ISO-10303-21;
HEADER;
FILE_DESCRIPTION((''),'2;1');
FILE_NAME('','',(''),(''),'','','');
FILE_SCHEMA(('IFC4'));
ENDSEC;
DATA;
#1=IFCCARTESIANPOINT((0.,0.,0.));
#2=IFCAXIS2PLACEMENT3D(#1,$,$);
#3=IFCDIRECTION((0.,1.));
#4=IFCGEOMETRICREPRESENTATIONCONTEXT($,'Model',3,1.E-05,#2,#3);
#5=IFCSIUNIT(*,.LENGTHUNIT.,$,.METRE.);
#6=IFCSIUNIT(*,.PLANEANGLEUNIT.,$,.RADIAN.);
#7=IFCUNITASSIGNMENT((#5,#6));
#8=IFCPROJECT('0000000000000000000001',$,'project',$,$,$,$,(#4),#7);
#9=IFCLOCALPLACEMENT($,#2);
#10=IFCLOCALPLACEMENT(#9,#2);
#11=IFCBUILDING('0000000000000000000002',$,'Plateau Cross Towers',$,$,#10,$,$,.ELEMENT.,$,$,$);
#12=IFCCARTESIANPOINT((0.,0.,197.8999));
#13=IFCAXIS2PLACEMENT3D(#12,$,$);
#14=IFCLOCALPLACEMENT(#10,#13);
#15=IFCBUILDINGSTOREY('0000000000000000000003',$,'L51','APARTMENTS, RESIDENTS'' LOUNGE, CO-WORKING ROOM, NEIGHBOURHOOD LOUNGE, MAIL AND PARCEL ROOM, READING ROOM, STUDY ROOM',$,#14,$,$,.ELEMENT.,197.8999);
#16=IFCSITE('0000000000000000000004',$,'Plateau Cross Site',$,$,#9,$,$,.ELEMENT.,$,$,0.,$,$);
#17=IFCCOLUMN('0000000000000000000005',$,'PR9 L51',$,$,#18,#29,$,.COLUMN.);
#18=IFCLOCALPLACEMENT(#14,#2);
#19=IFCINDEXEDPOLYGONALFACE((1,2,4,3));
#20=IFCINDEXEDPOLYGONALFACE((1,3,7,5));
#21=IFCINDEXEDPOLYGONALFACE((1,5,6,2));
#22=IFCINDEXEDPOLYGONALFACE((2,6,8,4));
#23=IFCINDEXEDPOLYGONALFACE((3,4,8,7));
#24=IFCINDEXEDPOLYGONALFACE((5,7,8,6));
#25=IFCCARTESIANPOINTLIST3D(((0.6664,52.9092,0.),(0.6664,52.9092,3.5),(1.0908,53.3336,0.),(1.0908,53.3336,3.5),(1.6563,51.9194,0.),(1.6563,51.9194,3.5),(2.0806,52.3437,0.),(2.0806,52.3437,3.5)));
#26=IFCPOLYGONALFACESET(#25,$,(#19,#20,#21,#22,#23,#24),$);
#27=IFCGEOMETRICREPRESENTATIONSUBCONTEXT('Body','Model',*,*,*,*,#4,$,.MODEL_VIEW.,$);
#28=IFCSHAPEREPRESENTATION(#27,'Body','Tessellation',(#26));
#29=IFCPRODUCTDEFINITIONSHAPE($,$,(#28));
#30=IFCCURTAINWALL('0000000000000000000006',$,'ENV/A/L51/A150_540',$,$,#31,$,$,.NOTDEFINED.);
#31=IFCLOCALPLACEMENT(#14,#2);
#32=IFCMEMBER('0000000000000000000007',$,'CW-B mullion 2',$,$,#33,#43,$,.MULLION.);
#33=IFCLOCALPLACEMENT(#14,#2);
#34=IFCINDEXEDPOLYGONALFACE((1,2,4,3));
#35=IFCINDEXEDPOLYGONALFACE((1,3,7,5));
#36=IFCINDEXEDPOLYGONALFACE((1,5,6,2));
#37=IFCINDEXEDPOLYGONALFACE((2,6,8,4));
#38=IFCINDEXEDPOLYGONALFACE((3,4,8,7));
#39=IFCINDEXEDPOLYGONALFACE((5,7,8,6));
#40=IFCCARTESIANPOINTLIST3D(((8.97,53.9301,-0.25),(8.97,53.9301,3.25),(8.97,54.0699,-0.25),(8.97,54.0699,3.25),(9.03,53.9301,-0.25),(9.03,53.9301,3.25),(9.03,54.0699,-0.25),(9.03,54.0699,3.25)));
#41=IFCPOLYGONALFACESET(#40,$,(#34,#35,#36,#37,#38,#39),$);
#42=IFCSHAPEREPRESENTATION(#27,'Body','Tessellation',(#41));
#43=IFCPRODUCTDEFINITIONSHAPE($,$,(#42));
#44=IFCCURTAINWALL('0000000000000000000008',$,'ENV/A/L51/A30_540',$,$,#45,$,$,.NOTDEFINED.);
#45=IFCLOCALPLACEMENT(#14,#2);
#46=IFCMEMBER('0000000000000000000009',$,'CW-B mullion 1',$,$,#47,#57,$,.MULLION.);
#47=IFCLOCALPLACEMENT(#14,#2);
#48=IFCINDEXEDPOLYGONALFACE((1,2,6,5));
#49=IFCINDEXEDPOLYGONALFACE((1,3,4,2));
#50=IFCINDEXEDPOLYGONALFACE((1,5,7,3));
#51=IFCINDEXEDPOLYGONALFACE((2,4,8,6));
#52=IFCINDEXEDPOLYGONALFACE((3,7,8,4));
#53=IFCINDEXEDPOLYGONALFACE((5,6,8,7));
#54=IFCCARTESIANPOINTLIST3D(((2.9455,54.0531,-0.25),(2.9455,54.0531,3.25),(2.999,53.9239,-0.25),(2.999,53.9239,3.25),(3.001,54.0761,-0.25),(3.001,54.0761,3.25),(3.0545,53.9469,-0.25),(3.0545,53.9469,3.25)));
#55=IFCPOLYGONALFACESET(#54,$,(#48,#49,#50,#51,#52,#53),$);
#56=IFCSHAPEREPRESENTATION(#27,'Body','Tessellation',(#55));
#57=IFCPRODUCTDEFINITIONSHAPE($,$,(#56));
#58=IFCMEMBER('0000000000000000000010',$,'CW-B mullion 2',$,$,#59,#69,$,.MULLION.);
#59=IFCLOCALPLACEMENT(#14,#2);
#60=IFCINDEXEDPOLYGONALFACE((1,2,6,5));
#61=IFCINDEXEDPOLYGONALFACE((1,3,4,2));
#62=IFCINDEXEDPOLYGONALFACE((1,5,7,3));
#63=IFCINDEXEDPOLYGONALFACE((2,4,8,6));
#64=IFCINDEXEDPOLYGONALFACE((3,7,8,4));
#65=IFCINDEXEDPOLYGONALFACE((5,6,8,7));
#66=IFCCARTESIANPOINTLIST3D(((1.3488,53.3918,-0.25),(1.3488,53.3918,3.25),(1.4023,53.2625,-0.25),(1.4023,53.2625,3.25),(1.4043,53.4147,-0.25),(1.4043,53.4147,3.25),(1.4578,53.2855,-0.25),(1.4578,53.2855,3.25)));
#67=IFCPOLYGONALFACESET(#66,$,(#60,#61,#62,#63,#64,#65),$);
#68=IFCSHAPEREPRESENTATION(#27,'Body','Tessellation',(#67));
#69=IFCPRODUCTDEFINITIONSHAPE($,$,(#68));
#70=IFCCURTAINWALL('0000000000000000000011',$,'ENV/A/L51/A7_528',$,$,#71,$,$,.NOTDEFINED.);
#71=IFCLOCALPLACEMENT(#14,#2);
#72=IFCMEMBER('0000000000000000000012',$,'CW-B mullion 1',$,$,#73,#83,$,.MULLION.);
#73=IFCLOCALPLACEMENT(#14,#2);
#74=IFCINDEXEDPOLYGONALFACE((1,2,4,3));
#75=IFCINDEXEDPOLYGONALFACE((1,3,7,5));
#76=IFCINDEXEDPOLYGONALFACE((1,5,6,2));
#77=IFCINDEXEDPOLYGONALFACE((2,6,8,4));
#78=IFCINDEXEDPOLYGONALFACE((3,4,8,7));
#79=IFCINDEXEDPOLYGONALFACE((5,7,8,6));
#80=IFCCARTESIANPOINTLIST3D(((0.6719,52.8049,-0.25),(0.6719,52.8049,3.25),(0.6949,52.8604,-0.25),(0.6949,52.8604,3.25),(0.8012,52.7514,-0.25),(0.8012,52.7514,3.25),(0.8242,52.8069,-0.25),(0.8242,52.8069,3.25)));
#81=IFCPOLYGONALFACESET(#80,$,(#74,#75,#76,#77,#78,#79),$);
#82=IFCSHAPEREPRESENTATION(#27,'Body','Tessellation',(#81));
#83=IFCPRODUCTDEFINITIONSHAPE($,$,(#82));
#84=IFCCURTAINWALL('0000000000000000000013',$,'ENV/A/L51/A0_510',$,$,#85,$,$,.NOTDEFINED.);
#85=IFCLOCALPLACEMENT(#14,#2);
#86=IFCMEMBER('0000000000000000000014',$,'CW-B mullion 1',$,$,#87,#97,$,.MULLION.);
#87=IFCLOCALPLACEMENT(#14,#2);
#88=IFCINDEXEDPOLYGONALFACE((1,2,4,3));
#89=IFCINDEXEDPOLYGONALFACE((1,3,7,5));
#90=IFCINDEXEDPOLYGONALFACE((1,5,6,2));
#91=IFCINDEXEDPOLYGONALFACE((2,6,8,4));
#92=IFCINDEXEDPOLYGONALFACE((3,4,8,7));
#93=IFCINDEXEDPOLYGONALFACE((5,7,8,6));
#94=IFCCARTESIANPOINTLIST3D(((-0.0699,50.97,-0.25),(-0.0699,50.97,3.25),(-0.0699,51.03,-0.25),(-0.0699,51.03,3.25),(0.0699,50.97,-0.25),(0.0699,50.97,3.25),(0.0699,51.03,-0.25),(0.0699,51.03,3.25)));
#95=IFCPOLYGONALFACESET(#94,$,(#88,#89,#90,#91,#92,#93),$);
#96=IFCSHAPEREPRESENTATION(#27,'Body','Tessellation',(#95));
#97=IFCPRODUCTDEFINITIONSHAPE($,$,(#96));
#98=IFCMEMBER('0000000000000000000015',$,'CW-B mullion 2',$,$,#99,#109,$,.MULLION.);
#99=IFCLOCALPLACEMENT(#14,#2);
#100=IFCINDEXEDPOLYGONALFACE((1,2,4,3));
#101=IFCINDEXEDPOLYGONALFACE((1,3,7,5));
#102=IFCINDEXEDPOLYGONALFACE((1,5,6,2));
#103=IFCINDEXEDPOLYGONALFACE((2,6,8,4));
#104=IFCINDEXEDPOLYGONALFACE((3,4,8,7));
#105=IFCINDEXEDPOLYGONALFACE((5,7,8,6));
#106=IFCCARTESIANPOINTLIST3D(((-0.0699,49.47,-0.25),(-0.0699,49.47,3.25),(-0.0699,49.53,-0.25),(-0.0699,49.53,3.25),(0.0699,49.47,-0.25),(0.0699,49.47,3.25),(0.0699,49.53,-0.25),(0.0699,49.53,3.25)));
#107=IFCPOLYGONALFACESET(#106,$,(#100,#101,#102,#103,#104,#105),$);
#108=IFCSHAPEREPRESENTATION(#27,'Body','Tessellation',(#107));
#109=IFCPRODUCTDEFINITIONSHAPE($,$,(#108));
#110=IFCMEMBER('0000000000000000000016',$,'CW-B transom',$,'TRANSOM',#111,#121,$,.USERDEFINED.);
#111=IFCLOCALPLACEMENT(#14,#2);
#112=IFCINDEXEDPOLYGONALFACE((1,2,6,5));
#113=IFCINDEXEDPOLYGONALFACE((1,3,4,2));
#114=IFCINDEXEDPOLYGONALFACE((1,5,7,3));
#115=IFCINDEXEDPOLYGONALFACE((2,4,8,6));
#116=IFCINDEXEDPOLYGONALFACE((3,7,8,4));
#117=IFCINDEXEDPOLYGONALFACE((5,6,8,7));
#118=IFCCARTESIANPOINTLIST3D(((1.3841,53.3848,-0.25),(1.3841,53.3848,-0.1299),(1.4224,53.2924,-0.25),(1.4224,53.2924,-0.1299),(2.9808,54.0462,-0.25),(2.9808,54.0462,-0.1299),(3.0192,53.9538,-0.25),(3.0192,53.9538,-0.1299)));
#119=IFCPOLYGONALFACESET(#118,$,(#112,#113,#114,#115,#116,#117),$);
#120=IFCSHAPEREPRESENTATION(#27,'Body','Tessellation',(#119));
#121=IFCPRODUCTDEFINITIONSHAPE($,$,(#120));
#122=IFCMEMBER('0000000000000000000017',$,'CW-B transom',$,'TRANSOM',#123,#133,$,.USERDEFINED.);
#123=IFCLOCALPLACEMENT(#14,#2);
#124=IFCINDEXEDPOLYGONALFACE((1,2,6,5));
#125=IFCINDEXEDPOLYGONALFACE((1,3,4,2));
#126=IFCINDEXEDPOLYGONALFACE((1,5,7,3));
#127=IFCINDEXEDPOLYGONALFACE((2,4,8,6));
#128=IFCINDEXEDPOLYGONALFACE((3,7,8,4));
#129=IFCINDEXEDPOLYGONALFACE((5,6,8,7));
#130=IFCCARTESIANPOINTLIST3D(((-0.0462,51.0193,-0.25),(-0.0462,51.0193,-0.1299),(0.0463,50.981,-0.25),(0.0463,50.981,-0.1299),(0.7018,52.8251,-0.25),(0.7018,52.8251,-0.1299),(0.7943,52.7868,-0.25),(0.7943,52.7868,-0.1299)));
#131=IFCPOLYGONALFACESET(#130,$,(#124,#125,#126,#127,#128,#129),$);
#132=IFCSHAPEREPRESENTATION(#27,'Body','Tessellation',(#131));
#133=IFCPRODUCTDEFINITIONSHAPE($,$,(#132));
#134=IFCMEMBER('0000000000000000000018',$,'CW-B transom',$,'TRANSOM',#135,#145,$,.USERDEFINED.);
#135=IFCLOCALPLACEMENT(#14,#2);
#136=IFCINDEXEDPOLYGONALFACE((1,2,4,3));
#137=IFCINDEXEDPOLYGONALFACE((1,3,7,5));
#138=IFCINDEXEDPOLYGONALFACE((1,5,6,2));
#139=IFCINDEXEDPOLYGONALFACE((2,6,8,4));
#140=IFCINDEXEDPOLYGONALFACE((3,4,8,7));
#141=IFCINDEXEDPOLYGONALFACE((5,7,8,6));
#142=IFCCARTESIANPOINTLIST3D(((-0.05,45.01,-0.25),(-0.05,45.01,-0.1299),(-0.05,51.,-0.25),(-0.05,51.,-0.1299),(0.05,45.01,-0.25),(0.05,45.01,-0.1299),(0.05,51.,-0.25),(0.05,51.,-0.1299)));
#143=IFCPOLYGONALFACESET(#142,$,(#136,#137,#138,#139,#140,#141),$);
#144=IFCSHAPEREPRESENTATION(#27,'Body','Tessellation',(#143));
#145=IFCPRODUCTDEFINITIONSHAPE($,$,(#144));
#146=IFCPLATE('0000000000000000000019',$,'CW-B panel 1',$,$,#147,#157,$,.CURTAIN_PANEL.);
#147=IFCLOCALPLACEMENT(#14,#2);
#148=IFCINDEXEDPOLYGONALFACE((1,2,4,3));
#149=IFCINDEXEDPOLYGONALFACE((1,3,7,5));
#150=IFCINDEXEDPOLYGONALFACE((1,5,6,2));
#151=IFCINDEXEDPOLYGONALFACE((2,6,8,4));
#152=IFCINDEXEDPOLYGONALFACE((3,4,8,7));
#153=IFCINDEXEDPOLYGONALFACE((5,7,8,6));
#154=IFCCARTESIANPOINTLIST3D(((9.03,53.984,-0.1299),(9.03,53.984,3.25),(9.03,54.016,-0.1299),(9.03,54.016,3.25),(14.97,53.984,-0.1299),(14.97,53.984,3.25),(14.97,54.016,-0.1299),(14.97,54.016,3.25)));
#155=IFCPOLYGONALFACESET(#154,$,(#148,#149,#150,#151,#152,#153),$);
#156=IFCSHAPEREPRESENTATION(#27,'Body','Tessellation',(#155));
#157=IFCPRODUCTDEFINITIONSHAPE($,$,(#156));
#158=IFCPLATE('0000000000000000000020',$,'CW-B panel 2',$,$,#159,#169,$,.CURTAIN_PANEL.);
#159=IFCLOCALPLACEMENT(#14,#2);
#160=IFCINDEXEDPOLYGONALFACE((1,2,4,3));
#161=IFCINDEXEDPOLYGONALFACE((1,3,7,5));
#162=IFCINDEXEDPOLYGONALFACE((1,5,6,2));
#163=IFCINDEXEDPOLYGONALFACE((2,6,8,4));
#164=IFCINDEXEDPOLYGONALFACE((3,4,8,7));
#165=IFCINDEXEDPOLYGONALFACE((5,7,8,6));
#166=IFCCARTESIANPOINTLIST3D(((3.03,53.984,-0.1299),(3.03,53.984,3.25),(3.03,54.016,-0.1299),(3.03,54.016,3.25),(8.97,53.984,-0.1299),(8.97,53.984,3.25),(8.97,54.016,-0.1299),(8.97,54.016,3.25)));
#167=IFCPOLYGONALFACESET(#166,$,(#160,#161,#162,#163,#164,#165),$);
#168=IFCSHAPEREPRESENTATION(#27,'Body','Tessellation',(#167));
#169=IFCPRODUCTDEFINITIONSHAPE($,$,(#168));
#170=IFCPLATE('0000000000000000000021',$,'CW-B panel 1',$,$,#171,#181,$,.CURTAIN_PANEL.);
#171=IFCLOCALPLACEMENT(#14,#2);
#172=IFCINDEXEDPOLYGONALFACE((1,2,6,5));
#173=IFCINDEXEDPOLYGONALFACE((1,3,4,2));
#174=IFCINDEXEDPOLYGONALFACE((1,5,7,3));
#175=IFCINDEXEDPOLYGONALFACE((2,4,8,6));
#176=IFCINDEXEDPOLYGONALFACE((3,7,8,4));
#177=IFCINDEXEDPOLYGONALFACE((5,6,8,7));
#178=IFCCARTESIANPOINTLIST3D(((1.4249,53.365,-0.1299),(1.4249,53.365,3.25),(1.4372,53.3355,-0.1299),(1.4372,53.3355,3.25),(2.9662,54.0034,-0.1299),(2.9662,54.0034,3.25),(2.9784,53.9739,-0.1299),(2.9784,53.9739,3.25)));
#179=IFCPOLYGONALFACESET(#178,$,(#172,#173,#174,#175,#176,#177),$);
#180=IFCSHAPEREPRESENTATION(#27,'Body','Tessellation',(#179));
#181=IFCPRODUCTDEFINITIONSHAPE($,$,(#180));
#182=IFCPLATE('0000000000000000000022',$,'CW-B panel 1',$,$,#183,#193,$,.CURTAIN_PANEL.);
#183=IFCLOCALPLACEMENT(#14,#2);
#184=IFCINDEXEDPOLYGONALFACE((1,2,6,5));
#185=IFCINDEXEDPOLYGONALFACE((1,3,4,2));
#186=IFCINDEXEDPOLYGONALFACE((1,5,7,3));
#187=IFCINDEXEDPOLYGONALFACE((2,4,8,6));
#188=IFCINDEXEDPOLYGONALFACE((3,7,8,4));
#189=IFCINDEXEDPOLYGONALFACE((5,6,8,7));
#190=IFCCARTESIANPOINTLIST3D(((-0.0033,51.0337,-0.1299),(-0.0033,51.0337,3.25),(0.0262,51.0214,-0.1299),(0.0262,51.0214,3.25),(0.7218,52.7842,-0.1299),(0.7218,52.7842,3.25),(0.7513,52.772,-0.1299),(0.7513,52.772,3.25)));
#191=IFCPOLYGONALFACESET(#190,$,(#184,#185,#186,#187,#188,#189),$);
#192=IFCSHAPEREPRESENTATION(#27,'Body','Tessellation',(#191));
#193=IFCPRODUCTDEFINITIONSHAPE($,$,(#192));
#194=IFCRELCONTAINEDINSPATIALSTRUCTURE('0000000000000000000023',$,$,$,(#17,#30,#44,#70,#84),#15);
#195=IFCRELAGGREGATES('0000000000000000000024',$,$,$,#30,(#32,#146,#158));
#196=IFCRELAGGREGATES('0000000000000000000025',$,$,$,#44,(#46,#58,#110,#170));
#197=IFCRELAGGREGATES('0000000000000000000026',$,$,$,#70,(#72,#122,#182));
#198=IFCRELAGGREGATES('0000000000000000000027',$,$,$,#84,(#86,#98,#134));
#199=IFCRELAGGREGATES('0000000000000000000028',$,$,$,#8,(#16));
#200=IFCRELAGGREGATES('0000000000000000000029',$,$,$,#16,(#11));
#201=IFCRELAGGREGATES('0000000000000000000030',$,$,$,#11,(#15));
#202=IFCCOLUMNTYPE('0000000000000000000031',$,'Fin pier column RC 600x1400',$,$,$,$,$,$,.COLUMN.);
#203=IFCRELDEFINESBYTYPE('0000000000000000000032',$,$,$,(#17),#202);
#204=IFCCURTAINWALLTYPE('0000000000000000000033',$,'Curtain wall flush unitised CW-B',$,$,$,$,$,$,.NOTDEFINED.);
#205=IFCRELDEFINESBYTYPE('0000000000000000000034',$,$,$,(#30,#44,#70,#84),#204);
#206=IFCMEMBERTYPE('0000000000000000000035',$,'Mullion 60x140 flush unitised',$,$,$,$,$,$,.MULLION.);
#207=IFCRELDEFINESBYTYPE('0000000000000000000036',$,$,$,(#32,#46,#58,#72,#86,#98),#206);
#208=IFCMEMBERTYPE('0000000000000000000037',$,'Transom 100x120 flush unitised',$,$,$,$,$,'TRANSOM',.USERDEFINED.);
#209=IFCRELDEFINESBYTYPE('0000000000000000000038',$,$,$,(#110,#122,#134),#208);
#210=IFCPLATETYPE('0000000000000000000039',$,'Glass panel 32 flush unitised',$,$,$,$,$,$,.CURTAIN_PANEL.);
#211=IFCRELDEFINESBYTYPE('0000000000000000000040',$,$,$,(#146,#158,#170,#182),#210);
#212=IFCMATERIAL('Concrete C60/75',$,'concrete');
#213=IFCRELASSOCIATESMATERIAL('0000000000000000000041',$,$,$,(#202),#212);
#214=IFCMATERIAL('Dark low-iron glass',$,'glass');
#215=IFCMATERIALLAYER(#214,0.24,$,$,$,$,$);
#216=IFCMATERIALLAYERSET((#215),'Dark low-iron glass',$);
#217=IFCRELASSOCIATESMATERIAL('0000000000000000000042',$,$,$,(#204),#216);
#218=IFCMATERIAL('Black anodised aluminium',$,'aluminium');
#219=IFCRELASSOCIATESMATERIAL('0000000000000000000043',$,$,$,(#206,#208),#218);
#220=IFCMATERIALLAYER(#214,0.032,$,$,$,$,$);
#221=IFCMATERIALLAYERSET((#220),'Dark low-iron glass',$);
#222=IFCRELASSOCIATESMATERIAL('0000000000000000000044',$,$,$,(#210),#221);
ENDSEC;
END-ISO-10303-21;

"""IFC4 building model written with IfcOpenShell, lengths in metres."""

from ifc_helpers import new_model, si_unit, direction, frame, origin, origin_2d, place, context, subcontext, project, spatial, rectangle, extrude, material, layer, layer_set, material_profile, profile_set, type_object, element, aggregate, save


model = new_model("IFC4")

# Units and contexts
model_context = context("Model", 3, precision=1e-05, world=origin(), true_north=direction((0.0, 1.0)))
body_context = subcontext(model_context, "Body", "Model", "MODEL_VIEW")
ifc_project = project(units=[si_unit("LENGTHUNIT", "METRE"), si_unit("PLANEANGLEUNIT", "RADIAN")], contexts=[model_context])

# Site, building, storey
site_placement = place(None, origin())
site = spatial("IfcSite", under=ifc_project, at=site_placement, Name="Plateau Cross Site", CompositionType="ELEMENT", RefElevation=0.0)
building_placement = place(site_placement, origin())
building = spatial("IfcBuilding", under=site, at=building_placement, Name="Plateau Cross Towers", CompositionType="ELEMENT")
storey_placement = place(building_placement, frame((0.0, 0.0, 197.8999)))
storey = spatial("IfcBuildingStorey", under=building, at=storey_placement, Name="L51", Description="APARTMENTS, RESIDENTS' LOUNGE, CO-WORKING ROOM, NEIGHBOURHOOD LOUNGE, MAIL AND PARCEL ROOM, READING ROOM, STUDY ROOM", CompositionType="ELEMENT", Elevation=197.8999)

# Column
ifc_material_1 = material(Name="Concrete C60/75", Category="concrete")
ifc_material_profile_1 = material_profile(ifc_material_1, rectangle(XDim=0.6001, YDim=1.3999, at=origin_2d()), Name="RC 600x1400")
ifc_profile_set_1 = profile_set([ifc_material_profile_1], Name="Concrete C60/75")
column_type = type_object("IfcColumnType", Name="Fin pier column RC 600x1400", PredefinedType="COLUMN", material=ifc_profile_set_1)
column_placement = place(storey_placement, frame((1.3735, 52.6265, 0.0), z_axis=(0.0, 0.0, 1.0), x_axis=(0.707107, 0.707107, 0.0)))
element("IfcColumn", 1, at=column_placement, inside=storey, type_object=column_type, Name="PR9 L51", PredefinedType="COLUMN", context=body_context, shape_type="SweptSolid", body=[
    extrude(rectangle(XDim=0.6001, YDim=1.3999, at=origin_2d()), origin(), (0.0, 0.0, 1.0), 3.5),
])

# Curtain wall, member
ifc_material_2 = material(Name="Dark low-iron glass", Category="glass")
ifc_layer_1 = layer(ifc_material_2, 0.24)
ifc_layer_set_1 = layer_set([ifc_layer_1], Name="Dark low-iron glass")
curtain_wall_type = type_object("IfcCurtainWallType", Name="Curtain wall flush unitised CW-B", PredefinedType="NOTDEFINED", material=ifc_layer_set_1)
curtain_wall_1_placement = place(storey_placement, origin())
curtain_wall_1 = element("IfcCurtainWall", 2, at=curtain_wall_1_placement, inside=storey, type_object=curtain_wall_type, Name="ENV/A/L51/A150_540", PredefinedType="NOTDEFINED")
ifc_material_3 = material(Name="Black anodised aluminium", Category="aluminium")
ifc_material_profile_2 = material_profile(ifc_material_3, rectangle(XDim=0.0601, YDim=0.1399, at=origin_2d()), Name="MULLION 60x140")
ifc_profile_set_2 = profile_set([ifc_material_profile_2], Name="Black anodised aluminium")
member_type_1 = type_object("IfcMemberType", Name="Mullion 60x140 flush unitised", PredefinedType="MULLION", material=ifc_profile_set_2)
member_1_placement = place(storey_placement, frame((9.0, 54.0, -0.25), z_axis=(0.0, 0.0, 1.0), x_axis=(-1.0, 0.0, 0.0)))
member_1 = element("IfcMember", 3, at=member_1_placement, type_object=member_type_1, Name="CW-B mullion 2", PredefinedType="MULLION", context=body_context, shape_type="SweptSolid", body=[
    extrude(rectangle(XDim=0.0601, YDim=0.1399, at=origin_2d()), origin(), (0.0, 0.0, 1.0), 3.5),
])

# Curtain wall, members
curtain_wall_2_placement = place(storey_placement, origin())
curtain_wall_2 = element("IfcCurtainWall", 4, at=curtain_wall_2_placement, inside=storey, type_object=curtain_wall_type, Name="ENV/A/L51/A30_540", PredefinedType="NOTDEFINED")
member_2_placement = place(storey_placement, frame((3.0, 54.0, -0.25), z_axis=(0.0, 0.0, 1.0), x_axis=(-0.923879, -0.382684, 0.0)))
member_2 = element("IfcMember", 5, at=member_2_placement, type_object=member_type_1, Name="CW-B mullion 1", PredefinedType="MULLION", context=body_context, shape_type="SweptSolid", body=[
    extrude(rectangle(XDim=0.0601, YDim=0.1399, at=origin_2d()), origin(), (0.0, 0.0, 1.0), 3.5),
])
member_3_placement = place(storey_placement, frame((1.4033, 53.3386, -0.25), z_axis=(0.0, 0.0, 1.0), x_axis=(-0.923879, -0.382684, 0.0)))
member_3 = element("IfcMember", 6, at=member_3_placement, type_object=member_type_1, Name="CW-B mullion 2", PredefinedType="MULLION", context=body_context, shape_type="SweptSolid", body=[
    extrude(rectangle(XDim=0.0601, YDim=0.1399, at=origin_2d()), origin(), (0.0, 0.0, 1.0), 3.5),
])

# Curtain wall, member
curtain_wall_3_placement = place(storey_placement, origin())
curtain_wall_3 = element("IfcCurtainWall", 7, at=curtain_wall_3_placement, inside=storey, type_object=curtain_wall_type, Name="ENV/A/L51/A7_528", PredefinedType="NOTDEFINED")
member_4_placement = place(storey_placement, frame((0.748, 52.8059, -0.25), z_axis=(0.0, 0.0, 1.0), x_axis=(-0.382684, -0.923879, 0.0)))
member_4 = element("IfcMember", 8, at=member_4_placement, type_object=member_type_1, Name="CW-B mullion 1", PredefinedType="MULLION", context=body_context, shape_type="SweptSolid", body=[
    extrude(rectangle(XDim=0.0601, YDim=0.1399, at=origin_2d()), origin(), (0.0, 0.0, 1.0), 3.5),
])

# Curtain wall, members
curtain_wall_4_placement = place(storey_placement, origin())
curtain_wall_4 = element("IfcCurtainWall", 9, at=curtain_wall_4_placement, inside=storey, type_object=curtain_wall_type, Name="ENV/A/L51/A0_510", PredefinedType="NOTDEFINED")
member_5_placement = place(storey_placement, frame((0.0, 51.0, -0.25), z_axis=(0.0, 0.0, 1.0), x_axis=(0.0, -1.0, 0.0)))
member_5 = element("IfcMember", 10, at=member_5_placement, type_object=member_type_1, Name="CW-B mullion 1", PredefinedType="MULLION", context=body_context, shape_type="SweptSolid", body=[
    extrude(rectangle(XDim=0.0601, YDim=0.1399, at=origin_2d()), origin(), (0.0, 0.0, 1.0), 3.5),
])
member_6_placement = place(storey_placement, frame((0.0, 49.5, -0.25), z_axis=(0.0, 0.0, 1.0), x_axis=(0.0, -1.0, 0.0)))
member_6 = element("IfcMember", 11, at=member_6_placement, type_object=member_type_1, Name="CW-B mullion 2", PredefinedType="MULLION", context=body_context, shape_type="SweptSolid", body=[
    extrude(rectangle(XDim=0.0601, YDim=0.1399, at=origin_2d()), origin(), (0.0, 0.0, 1.0), 3.5),
])

# Members
ifc_material_profile_3 = material_profile(ifc_material_3, rectangle(XDim=0.1001, YDim=0.1201, at=origin_2d()), Name="TRANSOM 100x120")
ifc_profile_set_3 = profile_set([ifc_material_profile_3], Name="Black anodised aluminium")
member_type_2 = type_object("IfcMemberType", Name="Transom 100x120 flush unitised", ElementType="TRANSOM", PredefinedType="USERDEFINED", material=ifc_profile_set_3)
member_7_placement = place(storey_placement, frame((3.0, 54.0, -0.1899), z_axis=(-0.923877, -0.382689, 0.0), x_axis=(0.382689, -0.923877, 0.0)))
member_7 = element("IfcMember", 12, at=member_7_placement, type_object=member_type_2, Name="CW-B transom", ObjectType="TRANSOM", PredefinedType="USERDEFINED", context=body_context, shape_type="SweptSolid", body=[
    extrude(rectangle(XDim=0.1001, YDim=0.1201, at=origin_2d()), origin(), (0.0, 0.0, 1.0), 1.7283),
])
member_8_placement = place(storey_placement, frame((0.748, 52.8059, -0.1899), z_axis=(-0.38269, -0.923877, 0.0), x_axis=(0.923877, -0.38269, 0.0)))
member_8 = element("IfcMember", 13, at=member_8_placement, type_object=member_type_2, Name="CW-B transom", ObjectType="TRANSOM", PredefinedType="USERDEFINED", context=body_context, shape_type="SweptSolid", body=[
    extrude(rectangle(XDim=0.1001, YDim=0.1201, at=origin_2d()), origin(), (0.0, 0.0, 1.0), 1.9546),
])
member_9_placement = place(storey_placement, frame((0.0, 51.0, -0.1899), z_axis=(0.0, -1.0, 0.0), x_axis=(1.0, 0.0, 0.0)))
member_9 = element("IfcMember", 14, at=member_9_placement, type_object=member_type_2, Name="CW-B transom", ObjectType="TRANSOM", PredefinedType="USERDEFINED", context=body_context, shape_type="SweptSolid", body=[
    extrude(rectangle(XDim=0.1001, YDim=0.1201, at=origin_2d()), origin(), (0.0, 0.0, 1.0), 5.99),
])

# Plates
ifc_layer_2 = layer(ifc_material_2, 0.032)
ifc_layer_set_2 = layer_set([ifc_layer_2], Name="Dark low-iron glass")
plate_type = type_object("IfcPlateType", Name="Glass panel 32 flush unitised", PredefinedType="CURTAIN_PANEL", material=ifc_layer_set_2)
plate_1_placement = place(storey_placement, frame((12.0, 54.0, -0.1299), z_axis=(0.0, 0.0, 1.0), x_axis=(-1.0, 0.0, 0.0)))
plate_1 = element("IfcPlate", 15, at=plate_1_placement, type_object=plate_type, Name="CW-B panel 1", PredefinedType="CURTAIN_PANEL", context=body_context, shape_type="SweptSolid", body=[
    extrude(rectangle(XDim=5.9399, YDim=0.032, at=origin_2d()), origin(), (0.0, 0.0, 1.0), 3.3799),
])
plate_2_placement = place(storey_placement, frame((6.0, 54.0, -0.1299), z_axis=(0.0, 0.0, 1.0), x_axis=(-1.0, 0.0, 0.0)))
plate_2 = element("IfcPlate", 16, at=plate_2_placement, type_object=plate_type, Name="CW-B panel 2", PredefinedType="CURTAIN_PANEL", context=body_context, shape_type="SweptSolid", body=[
    extrude(rectangle(XDim=5.9399, YDim=0.032, at=origin_2d()), origin(), (0.0, 0.0, 1.0), 3.3799),
])
aggregate(curtain_wall_1, [member_1, plate_1, plate_2])
plate_3_placement = place(storey_placement, frame((2.2017, 53.6694, -0.1299), z_axis=(0.0, 0.0, 1.0), x_axis=(-0.923879, -0.382684, 0.0)))
plate_3 = element("IfcPlate", 17, at=plate_3_placement, type_object=plate_type, Name="CW-B panel 1", PredefinedType="CURTAIN_PANEL", context=body_context, shape_type="SweptSolid", body=[
    extrude(rectangle(XDim=1.6682, YDim=0.032, at=origin_2d()), origin(), (0.0, 0.0, 1.0), 3.3799),
])
aggregate(curtain_wall_2, [member_2, member_3, member_7, plate_3])
plate_4_placement = place(storey_placement, frame((0.374, 51.9028, -0.1299), z_axis=(0.0, 0.0, 1.0), x_axis=(-0.382684, -0.923879, 0.0)))
plate_4 = element("IfcPlate", 18, at=plate_4_placement, type_object=plate_type, Name="CW-B panel 1", PredefinedType="CURTAIN_PANEL", context=body_context, shape_type="SweptSolid", body=[
    extrude(rectangle(XDim=1.8948, YDim=0.032, at=origin_2d()), origin(), (0.0, 0.0, 1.0), 3.3799),
])
aggregate(curtain_wall_3, [member_4, member_8, plate_4])
aggregate(curtain_wall_4, [member_5, member_6, member_9])

save(model, "model.ifc")
